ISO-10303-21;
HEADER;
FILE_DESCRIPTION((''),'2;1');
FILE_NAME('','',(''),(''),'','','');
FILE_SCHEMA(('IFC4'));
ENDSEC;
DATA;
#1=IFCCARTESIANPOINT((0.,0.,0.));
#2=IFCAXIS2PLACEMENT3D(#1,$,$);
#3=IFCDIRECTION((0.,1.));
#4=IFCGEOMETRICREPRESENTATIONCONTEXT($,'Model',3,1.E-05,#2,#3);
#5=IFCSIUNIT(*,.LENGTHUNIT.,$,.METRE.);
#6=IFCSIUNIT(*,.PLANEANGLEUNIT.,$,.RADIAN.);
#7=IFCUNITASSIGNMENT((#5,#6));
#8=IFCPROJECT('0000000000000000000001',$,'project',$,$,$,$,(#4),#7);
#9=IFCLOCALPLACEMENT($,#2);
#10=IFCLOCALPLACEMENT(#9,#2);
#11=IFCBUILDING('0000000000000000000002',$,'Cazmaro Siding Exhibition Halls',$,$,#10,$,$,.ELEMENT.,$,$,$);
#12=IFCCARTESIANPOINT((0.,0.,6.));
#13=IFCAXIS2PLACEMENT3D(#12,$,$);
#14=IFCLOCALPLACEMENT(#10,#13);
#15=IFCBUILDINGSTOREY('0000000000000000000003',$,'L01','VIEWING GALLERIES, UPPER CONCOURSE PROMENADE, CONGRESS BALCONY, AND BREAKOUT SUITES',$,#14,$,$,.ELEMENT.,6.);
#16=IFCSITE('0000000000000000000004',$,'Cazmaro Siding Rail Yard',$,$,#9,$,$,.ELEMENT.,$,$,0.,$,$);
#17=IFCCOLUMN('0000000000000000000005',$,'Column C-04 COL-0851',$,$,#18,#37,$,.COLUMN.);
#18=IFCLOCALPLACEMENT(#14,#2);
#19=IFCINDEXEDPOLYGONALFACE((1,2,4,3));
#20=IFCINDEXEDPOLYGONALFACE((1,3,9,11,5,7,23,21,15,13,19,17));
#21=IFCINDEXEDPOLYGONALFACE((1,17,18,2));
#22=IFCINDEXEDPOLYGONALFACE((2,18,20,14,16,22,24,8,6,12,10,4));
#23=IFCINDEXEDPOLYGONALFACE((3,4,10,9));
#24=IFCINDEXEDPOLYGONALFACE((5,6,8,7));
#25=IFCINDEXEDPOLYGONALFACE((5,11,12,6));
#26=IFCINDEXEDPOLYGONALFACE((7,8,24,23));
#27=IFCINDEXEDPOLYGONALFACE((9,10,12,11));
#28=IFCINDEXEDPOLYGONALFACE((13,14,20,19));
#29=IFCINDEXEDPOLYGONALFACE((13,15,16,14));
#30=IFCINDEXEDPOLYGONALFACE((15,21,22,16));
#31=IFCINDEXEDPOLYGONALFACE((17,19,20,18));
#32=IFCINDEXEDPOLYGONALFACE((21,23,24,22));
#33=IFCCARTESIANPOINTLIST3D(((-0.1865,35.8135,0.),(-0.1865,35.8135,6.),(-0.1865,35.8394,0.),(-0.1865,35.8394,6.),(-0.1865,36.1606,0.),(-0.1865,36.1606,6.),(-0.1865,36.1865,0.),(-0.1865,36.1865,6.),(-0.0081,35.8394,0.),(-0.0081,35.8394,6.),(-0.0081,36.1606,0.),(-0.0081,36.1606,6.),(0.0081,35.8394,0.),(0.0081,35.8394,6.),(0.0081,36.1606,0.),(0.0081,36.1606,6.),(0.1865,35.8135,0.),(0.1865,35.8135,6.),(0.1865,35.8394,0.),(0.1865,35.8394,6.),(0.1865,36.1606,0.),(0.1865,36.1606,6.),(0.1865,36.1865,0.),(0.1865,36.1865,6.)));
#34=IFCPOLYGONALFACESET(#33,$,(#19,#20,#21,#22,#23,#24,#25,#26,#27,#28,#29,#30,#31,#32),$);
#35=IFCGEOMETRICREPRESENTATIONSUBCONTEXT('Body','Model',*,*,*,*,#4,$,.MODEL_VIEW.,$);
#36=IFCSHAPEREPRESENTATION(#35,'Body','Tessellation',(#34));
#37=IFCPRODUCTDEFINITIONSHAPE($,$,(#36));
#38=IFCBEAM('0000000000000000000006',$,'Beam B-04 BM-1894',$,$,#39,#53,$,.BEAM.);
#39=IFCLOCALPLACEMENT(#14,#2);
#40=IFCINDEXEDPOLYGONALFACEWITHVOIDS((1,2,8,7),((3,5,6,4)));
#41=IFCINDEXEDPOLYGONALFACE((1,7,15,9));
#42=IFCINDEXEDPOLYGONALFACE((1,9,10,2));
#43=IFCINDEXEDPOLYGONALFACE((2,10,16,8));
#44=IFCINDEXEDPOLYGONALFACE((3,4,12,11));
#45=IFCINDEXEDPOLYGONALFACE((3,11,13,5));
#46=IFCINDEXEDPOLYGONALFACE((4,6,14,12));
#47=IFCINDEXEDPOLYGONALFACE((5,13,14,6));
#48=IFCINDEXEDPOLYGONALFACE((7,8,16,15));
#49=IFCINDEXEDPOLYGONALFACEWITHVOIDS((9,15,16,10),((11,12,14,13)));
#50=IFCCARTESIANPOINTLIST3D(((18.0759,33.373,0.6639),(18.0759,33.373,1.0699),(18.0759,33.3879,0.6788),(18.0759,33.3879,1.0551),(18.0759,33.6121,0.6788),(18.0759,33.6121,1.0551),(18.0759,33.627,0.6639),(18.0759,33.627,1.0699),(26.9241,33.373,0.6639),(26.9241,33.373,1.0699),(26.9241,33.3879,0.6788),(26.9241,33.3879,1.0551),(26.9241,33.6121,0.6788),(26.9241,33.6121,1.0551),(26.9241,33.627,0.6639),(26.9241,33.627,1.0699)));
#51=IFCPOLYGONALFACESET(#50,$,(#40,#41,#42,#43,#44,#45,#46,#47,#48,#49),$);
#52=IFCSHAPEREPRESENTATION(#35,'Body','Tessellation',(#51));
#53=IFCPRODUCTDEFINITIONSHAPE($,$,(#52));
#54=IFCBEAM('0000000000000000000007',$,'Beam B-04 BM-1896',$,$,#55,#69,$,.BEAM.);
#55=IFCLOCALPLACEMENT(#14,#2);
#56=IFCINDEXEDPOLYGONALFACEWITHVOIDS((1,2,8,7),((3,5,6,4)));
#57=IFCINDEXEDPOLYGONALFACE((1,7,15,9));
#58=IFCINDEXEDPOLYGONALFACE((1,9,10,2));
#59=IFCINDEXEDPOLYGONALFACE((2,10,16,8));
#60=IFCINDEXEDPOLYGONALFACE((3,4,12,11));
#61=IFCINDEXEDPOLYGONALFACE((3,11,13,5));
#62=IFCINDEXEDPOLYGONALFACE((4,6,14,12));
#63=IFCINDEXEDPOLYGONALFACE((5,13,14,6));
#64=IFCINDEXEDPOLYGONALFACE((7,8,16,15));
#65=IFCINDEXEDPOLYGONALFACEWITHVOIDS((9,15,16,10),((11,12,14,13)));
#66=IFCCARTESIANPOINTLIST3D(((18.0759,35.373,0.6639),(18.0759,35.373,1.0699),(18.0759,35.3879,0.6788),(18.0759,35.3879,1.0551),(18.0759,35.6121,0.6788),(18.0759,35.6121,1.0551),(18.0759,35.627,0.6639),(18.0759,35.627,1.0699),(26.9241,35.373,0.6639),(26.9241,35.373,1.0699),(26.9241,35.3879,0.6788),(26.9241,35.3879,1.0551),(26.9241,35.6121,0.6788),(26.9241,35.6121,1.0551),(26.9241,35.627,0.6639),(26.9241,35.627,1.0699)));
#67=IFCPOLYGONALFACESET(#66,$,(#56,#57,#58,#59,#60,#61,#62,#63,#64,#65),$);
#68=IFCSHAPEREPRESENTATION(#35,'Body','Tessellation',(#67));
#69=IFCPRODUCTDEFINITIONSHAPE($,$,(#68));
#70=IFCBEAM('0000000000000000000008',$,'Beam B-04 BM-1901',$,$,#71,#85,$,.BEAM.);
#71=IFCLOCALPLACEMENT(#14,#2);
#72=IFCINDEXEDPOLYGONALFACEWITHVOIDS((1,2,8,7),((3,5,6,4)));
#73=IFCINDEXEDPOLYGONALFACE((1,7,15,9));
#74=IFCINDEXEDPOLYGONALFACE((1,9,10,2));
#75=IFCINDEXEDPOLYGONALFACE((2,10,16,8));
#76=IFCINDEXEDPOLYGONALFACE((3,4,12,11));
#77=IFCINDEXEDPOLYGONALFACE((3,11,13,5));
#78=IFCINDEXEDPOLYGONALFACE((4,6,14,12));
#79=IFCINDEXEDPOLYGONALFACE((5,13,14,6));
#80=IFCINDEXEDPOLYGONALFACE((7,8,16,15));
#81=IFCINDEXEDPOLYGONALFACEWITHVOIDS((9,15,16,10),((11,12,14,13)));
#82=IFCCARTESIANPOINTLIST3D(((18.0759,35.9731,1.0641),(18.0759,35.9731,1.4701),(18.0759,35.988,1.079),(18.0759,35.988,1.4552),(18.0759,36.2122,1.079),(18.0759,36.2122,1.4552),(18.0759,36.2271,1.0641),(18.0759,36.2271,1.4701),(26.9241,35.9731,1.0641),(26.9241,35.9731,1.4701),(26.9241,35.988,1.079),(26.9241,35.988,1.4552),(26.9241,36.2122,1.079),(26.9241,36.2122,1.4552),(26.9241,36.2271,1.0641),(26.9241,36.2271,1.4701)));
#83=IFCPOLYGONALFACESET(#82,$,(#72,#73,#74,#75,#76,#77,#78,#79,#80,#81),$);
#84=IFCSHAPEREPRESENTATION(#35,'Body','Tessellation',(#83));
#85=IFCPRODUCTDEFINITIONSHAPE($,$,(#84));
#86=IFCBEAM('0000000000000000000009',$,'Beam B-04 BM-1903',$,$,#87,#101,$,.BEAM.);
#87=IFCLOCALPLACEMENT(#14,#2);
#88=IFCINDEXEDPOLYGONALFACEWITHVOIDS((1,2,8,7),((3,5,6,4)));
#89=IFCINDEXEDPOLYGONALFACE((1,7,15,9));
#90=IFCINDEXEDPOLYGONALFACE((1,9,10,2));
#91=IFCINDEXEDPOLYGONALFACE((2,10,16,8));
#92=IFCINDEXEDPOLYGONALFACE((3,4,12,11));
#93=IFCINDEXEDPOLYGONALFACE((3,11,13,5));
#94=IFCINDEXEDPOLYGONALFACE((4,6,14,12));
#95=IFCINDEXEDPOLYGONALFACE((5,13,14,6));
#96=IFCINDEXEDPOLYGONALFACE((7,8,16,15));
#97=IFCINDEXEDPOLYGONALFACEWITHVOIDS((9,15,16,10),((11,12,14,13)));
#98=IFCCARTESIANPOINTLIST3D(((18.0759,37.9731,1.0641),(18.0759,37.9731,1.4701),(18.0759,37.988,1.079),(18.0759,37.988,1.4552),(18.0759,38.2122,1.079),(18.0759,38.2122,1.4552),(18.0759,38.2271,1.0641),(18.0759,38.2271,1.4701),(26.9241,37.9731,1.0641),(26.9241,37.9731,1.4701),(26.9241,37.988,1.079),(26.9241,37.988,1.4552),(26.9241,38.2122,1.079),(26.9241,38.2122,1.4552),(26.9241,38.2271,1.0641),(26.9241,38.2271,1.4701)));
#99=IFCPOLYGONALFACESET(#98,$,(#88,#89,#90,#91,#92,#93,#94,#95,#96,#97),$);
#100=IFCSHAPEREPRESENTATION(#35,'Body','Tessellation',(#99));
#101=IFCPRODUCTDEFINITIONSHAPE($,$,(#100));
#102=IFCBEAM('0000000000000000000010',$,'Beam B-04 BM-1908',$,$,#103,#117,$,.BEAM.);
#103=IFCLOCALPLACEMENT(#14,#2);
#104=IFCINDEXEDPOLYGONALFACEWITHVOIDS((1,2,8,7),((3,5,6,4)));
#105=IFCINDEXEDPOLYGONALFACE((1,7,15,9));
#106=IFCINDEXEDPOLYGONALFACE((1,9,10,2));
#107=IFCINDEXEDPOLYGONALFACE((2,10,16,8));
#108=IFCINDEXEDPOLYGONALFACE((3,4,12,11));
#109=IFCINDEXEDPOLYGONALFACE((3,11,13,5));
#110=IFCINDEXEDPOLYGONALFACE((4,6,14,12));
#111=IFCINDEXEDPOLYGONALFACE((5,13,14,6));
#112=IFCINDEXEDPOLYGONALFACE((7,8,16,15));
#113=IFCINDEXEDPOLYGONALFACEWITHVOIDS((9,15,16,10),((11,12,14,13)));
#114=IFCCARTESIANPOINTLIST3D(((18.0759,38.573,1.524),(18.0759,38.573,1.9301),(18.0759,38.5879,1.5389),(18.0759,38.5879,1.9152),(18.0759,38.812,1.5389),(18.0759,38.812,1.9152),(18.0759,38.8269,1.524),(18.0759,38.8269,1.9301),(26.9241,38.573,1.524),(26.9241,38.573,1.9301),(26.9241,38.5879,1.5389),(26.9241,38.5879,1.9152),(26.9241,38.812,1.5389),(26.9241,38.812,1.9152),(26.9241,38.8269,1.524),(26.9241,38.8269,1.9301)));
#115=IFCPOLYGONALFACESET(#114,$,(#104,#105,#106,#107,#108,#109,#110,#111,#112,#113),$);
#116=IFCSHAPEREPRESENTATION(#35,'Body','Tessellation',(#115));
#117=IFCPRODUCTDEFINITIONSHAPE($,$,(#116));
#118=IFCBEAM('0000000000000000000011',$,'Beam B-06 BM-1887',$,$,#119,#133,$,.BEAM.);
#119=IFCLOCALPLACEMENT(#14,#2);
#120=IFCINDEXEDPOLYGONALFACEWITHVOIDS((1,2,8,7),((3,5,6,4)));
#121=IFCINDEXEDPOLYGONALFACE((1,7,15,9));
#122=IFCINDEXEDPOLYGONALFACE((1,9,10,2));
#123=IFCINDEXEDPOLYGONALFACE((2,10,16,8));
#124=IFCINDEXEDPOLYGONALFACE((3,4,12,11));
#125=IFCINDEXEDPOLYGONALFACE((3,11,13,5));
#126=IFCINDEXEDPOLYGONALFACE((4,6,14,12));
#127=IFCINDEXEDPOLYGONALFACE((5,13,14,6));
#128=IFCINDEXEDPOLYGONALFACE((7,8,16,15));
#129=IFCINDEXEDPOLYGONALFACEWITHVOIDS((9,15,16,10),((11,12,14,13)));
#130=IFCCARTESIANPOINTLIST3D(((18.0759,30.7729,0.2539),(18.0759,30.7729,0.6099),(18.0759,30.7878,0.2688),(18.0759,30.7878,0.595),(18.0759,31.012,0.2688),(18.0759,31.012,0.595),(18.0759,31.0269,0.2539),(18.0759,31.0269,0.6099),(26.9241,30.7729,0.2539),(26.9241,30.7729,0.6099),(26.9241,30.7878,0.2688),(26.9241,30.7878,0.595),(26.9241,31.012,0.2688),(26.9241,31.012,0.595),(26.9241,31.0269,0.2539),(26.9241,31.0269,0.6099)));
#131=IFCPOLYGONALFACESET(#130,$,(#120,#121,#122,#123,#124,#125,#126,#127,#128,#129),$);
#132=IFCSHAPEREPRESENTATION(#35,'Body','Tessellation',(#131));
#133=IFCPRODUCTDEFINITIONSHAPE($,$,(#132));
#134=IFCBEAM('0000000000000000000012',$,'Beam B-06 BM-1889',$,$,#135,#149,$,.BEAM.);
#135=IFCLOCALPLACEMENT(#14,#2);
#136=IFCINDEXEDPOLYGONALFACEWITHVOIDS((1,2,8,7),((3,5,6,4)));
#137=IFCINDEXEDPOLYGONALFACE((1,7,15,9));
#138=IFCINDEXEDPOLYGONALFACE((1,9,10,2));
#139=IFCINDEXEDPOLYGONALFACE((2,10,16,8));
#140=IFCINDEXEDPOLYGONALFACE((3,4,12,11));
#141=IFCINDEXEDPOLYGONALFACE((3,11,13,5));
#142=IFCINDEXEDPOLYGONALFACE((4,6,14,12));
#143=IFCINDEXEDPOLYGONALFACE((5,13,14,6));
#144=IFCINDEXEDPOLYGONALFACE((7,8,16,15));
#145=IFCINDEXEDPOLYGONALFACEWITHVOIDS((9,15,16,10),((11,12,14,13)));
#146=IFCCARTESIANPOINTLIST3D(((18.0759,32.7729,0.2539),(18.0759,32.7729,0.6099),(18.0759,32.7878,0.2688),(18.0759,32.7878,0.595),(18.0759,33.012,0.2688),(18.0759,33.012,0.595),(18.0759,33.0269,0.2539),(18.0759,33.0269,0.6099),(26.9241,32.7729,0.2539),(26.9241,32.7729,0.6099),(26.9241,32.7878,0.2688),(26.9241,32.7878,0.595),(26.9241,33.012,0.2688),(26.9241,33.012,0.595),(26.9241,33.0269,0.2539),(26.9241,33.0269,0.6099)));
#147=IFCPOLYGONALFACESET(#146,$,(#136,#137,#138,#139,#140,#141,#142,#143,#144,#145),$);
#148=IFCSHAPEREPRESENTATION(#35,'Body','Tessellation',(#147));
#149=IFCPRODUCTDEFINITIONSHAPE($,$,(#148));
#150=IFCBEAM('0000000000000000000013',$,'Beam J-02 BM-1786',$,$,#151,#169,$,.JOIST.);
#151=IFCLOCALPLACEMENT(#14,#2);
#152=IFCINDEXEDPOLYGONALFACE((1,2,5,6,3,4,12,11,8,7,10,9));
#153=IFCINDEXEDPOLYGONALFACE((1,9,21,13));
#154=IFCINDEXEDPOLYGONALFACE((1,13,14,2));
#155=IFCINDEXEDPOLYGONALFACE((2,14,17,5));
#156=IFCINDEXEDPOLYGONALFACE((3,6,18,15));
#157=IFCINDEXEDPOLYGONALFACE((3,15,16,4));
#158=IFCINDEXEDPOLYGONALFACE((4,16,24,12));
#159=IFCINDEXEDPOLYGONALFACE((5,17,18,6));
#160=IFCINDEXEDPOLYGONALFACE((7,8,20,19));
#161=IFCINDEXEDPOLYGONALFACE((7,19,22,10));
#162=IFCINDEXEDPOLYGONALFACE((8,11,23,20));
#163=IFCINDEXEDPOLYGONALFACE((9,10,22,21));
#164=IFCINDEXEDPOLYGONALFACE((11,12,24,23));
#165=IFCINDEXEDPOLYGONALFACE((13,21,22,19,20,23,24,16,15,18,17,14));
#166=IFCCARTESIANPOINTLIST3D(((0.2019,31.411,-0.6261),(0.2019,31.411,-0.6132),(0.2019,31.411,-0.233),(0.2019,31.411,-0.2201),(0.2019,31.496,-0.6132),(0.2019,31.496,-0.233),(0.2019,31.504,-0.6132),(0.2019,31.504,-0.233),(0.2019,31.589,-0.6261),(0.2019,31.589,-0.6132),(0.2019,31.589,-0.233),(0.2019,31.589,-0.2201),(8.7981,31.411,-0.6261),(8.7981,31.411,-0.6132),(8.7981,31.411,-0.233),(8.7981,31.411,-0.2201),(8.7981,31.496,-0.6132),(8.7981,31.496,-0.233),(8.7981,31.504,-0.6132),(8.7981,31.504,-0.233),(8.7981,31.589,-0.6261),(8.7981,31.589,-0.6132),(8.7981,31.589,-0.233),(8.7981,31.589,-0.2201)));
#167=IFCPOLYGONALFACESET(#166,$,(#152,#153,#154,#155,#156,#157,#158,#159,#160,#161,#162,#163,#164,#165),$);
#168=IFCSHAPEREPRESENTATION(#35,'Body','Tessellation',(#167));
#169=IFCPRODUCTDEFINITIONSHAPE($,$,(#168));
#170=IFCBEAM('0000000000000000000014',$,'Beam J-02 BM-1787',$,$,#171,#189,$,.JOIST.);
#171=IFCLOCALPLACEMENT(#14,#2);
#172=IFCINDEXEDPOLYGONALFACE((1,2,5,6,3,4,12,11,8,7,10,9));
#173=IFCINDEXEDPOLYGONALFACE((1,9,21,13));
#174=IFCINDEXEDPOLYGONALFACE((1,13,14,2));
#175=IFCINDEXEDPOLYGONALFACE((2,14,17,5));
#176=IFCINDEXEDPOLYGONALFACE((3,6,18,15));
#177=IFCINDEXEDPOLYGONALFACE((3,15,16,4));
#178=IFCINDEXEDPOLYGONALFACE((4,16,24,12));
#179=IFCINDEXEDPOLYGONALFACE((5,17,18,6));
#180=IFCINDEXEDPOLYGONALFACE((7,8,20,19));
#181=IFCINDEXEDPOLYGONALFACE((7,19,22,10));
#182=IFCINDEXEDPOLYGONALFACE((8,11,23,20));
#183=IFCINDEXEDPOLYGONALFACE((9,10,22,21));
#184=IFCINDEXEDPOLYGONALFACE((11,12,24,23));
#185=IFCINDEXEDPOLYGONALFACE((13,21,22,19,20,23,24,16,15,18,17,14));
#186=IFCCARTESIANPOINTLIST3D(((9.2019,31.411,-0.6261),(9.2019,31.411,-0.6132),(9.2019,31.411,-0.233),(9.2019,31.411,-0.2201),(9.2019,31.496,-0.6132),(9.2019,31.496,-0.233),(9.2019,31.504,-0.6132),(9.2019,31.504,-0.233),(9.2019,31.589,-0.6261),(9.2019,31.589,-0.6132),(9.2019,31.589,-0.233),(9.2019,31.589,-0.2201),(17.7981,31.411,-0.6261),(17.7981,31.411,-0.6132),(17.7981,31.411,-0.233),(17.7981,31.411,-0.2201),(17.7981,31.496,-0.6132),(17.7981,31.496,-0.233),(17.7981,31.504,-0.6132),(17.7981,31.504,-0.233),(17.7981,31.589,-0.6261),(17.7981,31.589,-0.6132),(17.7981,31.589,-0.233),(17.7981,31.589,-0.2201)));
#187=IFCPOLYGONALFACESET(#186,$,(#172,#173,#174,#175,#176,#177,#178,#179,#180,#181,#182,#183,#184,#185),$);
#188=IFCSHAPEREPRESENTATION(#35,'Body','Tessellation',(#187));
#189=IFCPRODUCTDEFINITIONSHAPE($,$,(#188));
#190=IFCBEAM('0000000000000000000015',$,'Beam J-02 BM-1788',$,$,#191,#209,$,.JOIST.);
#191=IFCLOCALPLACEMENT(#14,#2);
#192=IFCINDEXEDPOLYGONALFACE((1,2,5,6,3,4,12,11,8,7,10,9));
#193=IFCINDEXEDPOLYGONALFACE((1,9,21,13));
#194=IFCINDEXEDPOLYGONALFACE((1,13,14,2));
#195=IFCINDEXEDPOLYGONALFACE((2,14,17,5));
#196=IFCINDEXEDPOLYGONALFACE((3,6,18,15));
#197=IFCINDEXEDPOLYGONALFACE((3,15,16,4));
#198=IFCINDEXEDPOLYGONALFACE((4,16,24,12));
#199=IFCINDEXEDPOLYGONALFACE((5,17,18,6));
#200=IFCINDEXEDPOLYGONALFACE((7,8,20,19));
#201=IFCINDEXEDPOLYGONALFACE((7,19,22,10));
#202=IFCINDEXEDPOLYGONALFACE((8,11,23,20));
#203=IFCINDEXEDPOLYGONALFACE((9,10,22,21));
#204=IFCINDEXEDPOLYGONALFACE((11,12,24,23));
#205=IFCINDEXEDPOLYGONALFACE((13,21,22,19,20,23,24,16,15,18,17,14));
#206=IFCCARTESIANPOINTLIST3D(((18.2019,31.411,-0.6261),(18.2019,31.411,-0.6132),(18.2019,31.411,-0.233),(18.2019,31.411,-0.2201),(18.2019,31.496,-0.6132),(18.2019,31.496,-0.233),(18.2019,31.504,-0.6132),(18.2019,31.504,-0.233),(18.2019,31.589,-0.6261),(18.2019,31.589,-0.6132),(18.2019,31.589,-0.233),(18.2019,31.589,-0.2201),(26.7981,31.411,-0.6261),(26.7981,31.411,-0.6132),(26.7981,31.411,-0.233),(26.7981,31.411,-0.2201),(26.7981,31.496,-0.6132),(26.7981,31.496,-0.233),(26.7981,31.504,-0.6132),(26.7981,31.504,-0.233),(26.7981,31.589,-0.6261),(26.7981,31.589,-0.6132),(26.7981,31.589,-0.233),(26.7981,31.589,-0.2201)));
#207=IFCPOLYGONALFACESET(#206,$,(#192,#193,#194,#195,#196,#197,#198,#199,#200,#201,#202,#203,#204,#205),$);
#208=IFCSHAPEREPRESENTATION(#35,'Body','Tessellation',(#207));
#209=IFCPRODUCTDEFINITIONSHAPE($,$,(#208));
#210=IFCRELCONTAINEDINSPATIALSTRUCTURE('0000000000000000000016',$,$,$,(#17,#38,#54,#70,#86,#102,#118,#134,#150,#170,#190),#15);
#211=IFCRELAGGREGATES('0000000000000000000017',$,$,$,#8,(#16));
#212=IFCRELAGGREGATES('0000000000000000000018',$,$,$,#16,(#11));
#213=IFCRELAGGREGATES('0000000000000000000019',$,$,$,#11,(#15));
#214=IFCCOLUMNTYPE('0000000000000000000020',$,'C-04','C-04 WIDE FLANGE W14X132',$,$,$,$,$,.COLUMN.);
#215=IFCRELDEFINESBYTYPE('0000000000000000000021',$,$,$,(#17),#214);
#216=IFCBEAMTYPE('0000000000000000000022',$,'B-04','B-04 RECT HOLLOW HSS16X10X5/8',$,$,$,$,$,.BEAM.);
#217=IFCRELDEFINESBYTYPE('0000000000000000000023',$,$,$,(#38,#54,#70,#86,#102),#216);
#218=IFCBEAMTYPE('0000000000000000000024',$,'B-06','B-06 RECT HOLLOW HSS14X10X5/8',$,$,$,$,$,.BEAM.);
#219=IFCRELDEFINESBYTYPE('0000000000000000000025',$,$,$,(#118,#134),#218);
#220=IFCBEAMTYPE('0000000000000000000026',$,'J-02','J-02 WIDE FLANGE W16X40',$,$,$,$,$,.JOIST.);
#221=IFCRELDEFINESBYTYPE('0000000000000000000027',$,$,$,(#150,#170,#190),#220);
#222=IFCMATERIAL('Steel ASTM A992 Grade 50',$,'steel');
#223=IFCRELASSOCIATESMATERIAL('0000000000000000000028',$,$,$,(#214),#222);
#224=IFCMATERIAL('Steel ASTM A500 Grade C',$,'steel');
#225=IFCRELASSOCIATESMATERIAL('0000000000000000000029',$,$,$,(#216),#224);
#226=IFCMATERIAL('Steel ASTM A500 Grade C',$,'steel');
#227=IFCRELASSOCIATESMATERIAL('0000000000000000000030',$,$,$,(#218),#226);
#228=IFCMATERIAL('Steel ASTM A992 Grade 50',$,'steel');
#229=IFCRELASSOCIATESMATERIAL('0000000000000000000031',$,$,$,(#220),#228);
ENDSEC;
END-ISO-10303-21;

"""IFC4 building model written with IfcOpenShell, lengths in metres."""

from ifc_helpers import new_model, si_unit, direction, frame, origin, origin_2d, place, context, subcontext, project, spatial, hollow_rectangle, i_section, extrude, material, material_profile, profile_set, type_object, element, save


model = new_model("IFC4")

# Units and contexts
model_context = context("Model", 3, precision=1e-05, world=origin(), true_north=direction((0.0, 1.0)))
body_context = subcontext(model_context, "Body", "Model", "MODEL_VIEW")
ifc_project = project(units=[si_unit("LENGTHUNIT", "METRE"), si_unit("PLANEANGLEUNIT", "RADIAN")], contexts=[model_context])

# Site, building, storey
site_placement = place(None, origin())
site = spatial("IfcSite", under=ifc_project, at=site_placement, Name="Cazmaro Siding Rail Yard", CompositionType="ELEMENT", RefElevation=0.0)
building_placement = place(site_placement, origin())
building = spatial("IfcBuilding", under=site, at=building_placement, Name="Cazmaro Siding Exhibition Halls", CompositionType="ELEMENT")
storey_placement = place(building_placement, frame((0.0, 0.0, 6.0)))
storey = spatial("IfcBuildingStorey", under=building, at=storey_placement, Name="L01", Description="VIEWING GALLERIES, UPPER CONCOURSE PROMENADE, CONGRESS BALCONY, AND BREAKOUT SUITES", CompositionType="ELEMENT", Elevation=6.0)

# Column
ifc_material_1 = material(Name="Steel ASTM A992 Grade 50", Category="steel")
ifc_material_profile_1 = material_profile(ifc_material_1, i_section(OverallWidth=0.373, OverallDepth=0.373, WebThickness=0.0161, FlangeThickness=0.0259, at=origin_2d()), Name="W14X132")
ifc_profile_set_1 = profile_set([ifc_material_profile_1], Name="Steel ASTM A992 Grade 50")
column_type = type_object("IfcColumnType", Name="C-04", Description="C-04 WIDE FLANGE W14X132", PredefinedType="COLUMN", material=ifc_profile_set_1)
column_placement = place(storey_placement, frame((0.0, 36.0, 0.0), z_axis=(0.0, 0.0, 1.0), x_axis=(1.0, 0.0, 0.0)))
element("IfcColumn", 1, at=column_placement, inside=storey, type_object=column_type, Name="Column C-04 COL-0851", PredefinedType="COLUMN", context=body_context, shape_type="SweptSolid", body=[
    extrude(i_section(OverallWidth=0.373, OverallDepth=0.373, WebThickness=0.0161, FlangeThickness=0.0259, at=origin_2d()), origin(), (0.0, 0.0, 1.0), 6.0),
])

# Beams
ifc_material_2 = material(Name="Steel ASTM A500 Grade C", Category="steel")
ifc_material_profile_2 = material_profile(ifc_material_2, hollow_rectangle(XDim=0.2539, YDim=0.406, WallThickness=0.0149, at=origin_2d()), Name="HSS16X10X5/8")
ifc_profile_set_2 = profile_set([ifc_material_profile_2], Name="Steel ASTM A500 Grade C")
beam_type_1 = type_object("IfcBeamType", Name="B-04", Description="B-04 RECT HOLLOW HSS16X10X5/8", PredefinedType="BEAM", material=ifc_profile_set_2)
for number, where, z_axis, x_axis, name in (
    (2, (18.0759, 33.5, 0.8669), (1.0, 0.0, 0.0), (0.0, 1.0, 0.0), "Beam B-04 BM-1894"),
    (3, (18.0759, 35.5, 0.8669), (1.0, 0.0, 0.0), (0.0, 1.0, 0.0), "Beam B-04 BM-1896"),
    (4, (18.0759, 36.1001, 1.2671), (1.0, 0.0, 0.0), (0.0, 1.0, 0.0), "Beam B-04 BM-1901"),
    (5, (18.0759, 38.1001, 1.2671), (1.0, 0.0, 0.0), (0.0, 1.0, 0.0), "Beam B-04 BM-1903"),
    (6, (18.0759, 38.7, 1.7271), (1.0, 0.0, 0.0), (0.0, 1.0, 0.0), "Beam B-04 BM-1908"),
):
    element("IfcBeam", number, at=place(storey_placement, frame(where, z_axis=z_axis, x_axis=x_axis)), inside=storey, type_object=beam_type_1, Name=name, PredefinedType="BEAM", context=body_context, shape_type="SweptSolid", body=[
        extrude(hollow_rectangle(XDim=0.2539, YDim=0.406, WallThickness=0.0149, at=origin_2d()), origin(), (0.0, 0.0, 1.0), 8.8481),
    ])
ifc_material_3 = material(Name="Steel ASTM A500 Grade C", Category="steel")
ifc_material_profile_3 = material_profile(ifc_material_3, hollow_rectangle(XDim=0.2539, YDim=0.356, WallThickness=0.0149, at=origin_2d()), Name="HSS14X10X5/8")
ifc_profile_set_3 = profile_set([ifc_material_profile_3], Name="Steel ASTM A500 Grade C")
beam_type_2 = type_object("IfcBeamType", Name="B-06", Description="B-06 RECT HOLLOW HSS14X10X5/8", PredefinedType="BEAM", material=ifc_profile_set_3)
for number, where, z_axis, x_axis, name in (
    (7, (18.0759, 30.8999, 0.4319), (1.0, 0.0, 0.0), (0.0, 1.0, 0.0), "Beam B-06 BM-1887"),
    (8, (18.0759, 32.8999, 0.4319), (1.0, 0.0, 0.0), (0.0, 1.0, 0.0), "Beam B-06 BM-1889"),
):
    element("IfcBeam", number, at=place(storey_placement, frame(where, z_axis=z_axis, x_axis=x_axis)), inside=storey, type_object=beam_type_2, Name=name, PredefinedType="BEAM", context=body_context, shape_type="SweptSolid", body=[
        extrude(hollow_rectangle(XDim=0.2539, YDim=0.356, WallThickness=0.0149, at=origin_2d()), origin(), (0.0, 0.0, 1.0), 8.8481),
    ])
ifc_material_4 = material(Name="Steel ASTM A992 Grade 50", Category="steel")
ifc_material_profile_4 = material_profile(ifc_material_4, i_section(OverallWidth=0.178, OverallDepth=0.406, WebThickness=0.0081, FlangeThickness=0.0129, at=origin_2d()), Name="W16X40")
ifc_profile_set_4 = profile_set([ifc_material_profile_4], Name="Steel ASTM A992 Grade 50")
beam_type_3 = type_object("IfcBeamType", Name="J-02", Description="J-02 WIDE FLANGE W16X40", PredefinedType="JOIST", material=ifc_profile_set_4)
for number, where, z_axis, x_axis, name in (
    (9, (0.2019, 31.5, -0.4231), (1.0, 0.0, 0.0), (0.0, 1.0, 0.0), "Beam J-02 BM-1786"),
    (10, (9.2019, 31.5, -0.4231), (1.0, 0.0, 0.0), (0.0, 1.0, 0.0), "Beam J-02 BM-1787"),
    (11, (18.2019, 31.5, -0.4231), (1.0, 0.0, 0.0), (0.0, 1.0, 0.0), "Beam J-02 BM-1788"),
):
    element("IfcBeam", number, at=place(storey_placement, frame(where, z_axis=z_axis, x_axis=x_axis)), inside=storey, type_object=beam_type_3, Name=name, PredefinedType="JOIST", context=body_context, shape_type="SweptSolid", body=[
        extrude(i_section(OverallWidth=0.178, OverallDepth=0.406, WebThickness=0.0081, FlangeThickness=0.0129, at=origin_2d()), origin(), (0.0, 0.0, 1.0), 8.5962),
    ])

save(model, "model.ifc")
